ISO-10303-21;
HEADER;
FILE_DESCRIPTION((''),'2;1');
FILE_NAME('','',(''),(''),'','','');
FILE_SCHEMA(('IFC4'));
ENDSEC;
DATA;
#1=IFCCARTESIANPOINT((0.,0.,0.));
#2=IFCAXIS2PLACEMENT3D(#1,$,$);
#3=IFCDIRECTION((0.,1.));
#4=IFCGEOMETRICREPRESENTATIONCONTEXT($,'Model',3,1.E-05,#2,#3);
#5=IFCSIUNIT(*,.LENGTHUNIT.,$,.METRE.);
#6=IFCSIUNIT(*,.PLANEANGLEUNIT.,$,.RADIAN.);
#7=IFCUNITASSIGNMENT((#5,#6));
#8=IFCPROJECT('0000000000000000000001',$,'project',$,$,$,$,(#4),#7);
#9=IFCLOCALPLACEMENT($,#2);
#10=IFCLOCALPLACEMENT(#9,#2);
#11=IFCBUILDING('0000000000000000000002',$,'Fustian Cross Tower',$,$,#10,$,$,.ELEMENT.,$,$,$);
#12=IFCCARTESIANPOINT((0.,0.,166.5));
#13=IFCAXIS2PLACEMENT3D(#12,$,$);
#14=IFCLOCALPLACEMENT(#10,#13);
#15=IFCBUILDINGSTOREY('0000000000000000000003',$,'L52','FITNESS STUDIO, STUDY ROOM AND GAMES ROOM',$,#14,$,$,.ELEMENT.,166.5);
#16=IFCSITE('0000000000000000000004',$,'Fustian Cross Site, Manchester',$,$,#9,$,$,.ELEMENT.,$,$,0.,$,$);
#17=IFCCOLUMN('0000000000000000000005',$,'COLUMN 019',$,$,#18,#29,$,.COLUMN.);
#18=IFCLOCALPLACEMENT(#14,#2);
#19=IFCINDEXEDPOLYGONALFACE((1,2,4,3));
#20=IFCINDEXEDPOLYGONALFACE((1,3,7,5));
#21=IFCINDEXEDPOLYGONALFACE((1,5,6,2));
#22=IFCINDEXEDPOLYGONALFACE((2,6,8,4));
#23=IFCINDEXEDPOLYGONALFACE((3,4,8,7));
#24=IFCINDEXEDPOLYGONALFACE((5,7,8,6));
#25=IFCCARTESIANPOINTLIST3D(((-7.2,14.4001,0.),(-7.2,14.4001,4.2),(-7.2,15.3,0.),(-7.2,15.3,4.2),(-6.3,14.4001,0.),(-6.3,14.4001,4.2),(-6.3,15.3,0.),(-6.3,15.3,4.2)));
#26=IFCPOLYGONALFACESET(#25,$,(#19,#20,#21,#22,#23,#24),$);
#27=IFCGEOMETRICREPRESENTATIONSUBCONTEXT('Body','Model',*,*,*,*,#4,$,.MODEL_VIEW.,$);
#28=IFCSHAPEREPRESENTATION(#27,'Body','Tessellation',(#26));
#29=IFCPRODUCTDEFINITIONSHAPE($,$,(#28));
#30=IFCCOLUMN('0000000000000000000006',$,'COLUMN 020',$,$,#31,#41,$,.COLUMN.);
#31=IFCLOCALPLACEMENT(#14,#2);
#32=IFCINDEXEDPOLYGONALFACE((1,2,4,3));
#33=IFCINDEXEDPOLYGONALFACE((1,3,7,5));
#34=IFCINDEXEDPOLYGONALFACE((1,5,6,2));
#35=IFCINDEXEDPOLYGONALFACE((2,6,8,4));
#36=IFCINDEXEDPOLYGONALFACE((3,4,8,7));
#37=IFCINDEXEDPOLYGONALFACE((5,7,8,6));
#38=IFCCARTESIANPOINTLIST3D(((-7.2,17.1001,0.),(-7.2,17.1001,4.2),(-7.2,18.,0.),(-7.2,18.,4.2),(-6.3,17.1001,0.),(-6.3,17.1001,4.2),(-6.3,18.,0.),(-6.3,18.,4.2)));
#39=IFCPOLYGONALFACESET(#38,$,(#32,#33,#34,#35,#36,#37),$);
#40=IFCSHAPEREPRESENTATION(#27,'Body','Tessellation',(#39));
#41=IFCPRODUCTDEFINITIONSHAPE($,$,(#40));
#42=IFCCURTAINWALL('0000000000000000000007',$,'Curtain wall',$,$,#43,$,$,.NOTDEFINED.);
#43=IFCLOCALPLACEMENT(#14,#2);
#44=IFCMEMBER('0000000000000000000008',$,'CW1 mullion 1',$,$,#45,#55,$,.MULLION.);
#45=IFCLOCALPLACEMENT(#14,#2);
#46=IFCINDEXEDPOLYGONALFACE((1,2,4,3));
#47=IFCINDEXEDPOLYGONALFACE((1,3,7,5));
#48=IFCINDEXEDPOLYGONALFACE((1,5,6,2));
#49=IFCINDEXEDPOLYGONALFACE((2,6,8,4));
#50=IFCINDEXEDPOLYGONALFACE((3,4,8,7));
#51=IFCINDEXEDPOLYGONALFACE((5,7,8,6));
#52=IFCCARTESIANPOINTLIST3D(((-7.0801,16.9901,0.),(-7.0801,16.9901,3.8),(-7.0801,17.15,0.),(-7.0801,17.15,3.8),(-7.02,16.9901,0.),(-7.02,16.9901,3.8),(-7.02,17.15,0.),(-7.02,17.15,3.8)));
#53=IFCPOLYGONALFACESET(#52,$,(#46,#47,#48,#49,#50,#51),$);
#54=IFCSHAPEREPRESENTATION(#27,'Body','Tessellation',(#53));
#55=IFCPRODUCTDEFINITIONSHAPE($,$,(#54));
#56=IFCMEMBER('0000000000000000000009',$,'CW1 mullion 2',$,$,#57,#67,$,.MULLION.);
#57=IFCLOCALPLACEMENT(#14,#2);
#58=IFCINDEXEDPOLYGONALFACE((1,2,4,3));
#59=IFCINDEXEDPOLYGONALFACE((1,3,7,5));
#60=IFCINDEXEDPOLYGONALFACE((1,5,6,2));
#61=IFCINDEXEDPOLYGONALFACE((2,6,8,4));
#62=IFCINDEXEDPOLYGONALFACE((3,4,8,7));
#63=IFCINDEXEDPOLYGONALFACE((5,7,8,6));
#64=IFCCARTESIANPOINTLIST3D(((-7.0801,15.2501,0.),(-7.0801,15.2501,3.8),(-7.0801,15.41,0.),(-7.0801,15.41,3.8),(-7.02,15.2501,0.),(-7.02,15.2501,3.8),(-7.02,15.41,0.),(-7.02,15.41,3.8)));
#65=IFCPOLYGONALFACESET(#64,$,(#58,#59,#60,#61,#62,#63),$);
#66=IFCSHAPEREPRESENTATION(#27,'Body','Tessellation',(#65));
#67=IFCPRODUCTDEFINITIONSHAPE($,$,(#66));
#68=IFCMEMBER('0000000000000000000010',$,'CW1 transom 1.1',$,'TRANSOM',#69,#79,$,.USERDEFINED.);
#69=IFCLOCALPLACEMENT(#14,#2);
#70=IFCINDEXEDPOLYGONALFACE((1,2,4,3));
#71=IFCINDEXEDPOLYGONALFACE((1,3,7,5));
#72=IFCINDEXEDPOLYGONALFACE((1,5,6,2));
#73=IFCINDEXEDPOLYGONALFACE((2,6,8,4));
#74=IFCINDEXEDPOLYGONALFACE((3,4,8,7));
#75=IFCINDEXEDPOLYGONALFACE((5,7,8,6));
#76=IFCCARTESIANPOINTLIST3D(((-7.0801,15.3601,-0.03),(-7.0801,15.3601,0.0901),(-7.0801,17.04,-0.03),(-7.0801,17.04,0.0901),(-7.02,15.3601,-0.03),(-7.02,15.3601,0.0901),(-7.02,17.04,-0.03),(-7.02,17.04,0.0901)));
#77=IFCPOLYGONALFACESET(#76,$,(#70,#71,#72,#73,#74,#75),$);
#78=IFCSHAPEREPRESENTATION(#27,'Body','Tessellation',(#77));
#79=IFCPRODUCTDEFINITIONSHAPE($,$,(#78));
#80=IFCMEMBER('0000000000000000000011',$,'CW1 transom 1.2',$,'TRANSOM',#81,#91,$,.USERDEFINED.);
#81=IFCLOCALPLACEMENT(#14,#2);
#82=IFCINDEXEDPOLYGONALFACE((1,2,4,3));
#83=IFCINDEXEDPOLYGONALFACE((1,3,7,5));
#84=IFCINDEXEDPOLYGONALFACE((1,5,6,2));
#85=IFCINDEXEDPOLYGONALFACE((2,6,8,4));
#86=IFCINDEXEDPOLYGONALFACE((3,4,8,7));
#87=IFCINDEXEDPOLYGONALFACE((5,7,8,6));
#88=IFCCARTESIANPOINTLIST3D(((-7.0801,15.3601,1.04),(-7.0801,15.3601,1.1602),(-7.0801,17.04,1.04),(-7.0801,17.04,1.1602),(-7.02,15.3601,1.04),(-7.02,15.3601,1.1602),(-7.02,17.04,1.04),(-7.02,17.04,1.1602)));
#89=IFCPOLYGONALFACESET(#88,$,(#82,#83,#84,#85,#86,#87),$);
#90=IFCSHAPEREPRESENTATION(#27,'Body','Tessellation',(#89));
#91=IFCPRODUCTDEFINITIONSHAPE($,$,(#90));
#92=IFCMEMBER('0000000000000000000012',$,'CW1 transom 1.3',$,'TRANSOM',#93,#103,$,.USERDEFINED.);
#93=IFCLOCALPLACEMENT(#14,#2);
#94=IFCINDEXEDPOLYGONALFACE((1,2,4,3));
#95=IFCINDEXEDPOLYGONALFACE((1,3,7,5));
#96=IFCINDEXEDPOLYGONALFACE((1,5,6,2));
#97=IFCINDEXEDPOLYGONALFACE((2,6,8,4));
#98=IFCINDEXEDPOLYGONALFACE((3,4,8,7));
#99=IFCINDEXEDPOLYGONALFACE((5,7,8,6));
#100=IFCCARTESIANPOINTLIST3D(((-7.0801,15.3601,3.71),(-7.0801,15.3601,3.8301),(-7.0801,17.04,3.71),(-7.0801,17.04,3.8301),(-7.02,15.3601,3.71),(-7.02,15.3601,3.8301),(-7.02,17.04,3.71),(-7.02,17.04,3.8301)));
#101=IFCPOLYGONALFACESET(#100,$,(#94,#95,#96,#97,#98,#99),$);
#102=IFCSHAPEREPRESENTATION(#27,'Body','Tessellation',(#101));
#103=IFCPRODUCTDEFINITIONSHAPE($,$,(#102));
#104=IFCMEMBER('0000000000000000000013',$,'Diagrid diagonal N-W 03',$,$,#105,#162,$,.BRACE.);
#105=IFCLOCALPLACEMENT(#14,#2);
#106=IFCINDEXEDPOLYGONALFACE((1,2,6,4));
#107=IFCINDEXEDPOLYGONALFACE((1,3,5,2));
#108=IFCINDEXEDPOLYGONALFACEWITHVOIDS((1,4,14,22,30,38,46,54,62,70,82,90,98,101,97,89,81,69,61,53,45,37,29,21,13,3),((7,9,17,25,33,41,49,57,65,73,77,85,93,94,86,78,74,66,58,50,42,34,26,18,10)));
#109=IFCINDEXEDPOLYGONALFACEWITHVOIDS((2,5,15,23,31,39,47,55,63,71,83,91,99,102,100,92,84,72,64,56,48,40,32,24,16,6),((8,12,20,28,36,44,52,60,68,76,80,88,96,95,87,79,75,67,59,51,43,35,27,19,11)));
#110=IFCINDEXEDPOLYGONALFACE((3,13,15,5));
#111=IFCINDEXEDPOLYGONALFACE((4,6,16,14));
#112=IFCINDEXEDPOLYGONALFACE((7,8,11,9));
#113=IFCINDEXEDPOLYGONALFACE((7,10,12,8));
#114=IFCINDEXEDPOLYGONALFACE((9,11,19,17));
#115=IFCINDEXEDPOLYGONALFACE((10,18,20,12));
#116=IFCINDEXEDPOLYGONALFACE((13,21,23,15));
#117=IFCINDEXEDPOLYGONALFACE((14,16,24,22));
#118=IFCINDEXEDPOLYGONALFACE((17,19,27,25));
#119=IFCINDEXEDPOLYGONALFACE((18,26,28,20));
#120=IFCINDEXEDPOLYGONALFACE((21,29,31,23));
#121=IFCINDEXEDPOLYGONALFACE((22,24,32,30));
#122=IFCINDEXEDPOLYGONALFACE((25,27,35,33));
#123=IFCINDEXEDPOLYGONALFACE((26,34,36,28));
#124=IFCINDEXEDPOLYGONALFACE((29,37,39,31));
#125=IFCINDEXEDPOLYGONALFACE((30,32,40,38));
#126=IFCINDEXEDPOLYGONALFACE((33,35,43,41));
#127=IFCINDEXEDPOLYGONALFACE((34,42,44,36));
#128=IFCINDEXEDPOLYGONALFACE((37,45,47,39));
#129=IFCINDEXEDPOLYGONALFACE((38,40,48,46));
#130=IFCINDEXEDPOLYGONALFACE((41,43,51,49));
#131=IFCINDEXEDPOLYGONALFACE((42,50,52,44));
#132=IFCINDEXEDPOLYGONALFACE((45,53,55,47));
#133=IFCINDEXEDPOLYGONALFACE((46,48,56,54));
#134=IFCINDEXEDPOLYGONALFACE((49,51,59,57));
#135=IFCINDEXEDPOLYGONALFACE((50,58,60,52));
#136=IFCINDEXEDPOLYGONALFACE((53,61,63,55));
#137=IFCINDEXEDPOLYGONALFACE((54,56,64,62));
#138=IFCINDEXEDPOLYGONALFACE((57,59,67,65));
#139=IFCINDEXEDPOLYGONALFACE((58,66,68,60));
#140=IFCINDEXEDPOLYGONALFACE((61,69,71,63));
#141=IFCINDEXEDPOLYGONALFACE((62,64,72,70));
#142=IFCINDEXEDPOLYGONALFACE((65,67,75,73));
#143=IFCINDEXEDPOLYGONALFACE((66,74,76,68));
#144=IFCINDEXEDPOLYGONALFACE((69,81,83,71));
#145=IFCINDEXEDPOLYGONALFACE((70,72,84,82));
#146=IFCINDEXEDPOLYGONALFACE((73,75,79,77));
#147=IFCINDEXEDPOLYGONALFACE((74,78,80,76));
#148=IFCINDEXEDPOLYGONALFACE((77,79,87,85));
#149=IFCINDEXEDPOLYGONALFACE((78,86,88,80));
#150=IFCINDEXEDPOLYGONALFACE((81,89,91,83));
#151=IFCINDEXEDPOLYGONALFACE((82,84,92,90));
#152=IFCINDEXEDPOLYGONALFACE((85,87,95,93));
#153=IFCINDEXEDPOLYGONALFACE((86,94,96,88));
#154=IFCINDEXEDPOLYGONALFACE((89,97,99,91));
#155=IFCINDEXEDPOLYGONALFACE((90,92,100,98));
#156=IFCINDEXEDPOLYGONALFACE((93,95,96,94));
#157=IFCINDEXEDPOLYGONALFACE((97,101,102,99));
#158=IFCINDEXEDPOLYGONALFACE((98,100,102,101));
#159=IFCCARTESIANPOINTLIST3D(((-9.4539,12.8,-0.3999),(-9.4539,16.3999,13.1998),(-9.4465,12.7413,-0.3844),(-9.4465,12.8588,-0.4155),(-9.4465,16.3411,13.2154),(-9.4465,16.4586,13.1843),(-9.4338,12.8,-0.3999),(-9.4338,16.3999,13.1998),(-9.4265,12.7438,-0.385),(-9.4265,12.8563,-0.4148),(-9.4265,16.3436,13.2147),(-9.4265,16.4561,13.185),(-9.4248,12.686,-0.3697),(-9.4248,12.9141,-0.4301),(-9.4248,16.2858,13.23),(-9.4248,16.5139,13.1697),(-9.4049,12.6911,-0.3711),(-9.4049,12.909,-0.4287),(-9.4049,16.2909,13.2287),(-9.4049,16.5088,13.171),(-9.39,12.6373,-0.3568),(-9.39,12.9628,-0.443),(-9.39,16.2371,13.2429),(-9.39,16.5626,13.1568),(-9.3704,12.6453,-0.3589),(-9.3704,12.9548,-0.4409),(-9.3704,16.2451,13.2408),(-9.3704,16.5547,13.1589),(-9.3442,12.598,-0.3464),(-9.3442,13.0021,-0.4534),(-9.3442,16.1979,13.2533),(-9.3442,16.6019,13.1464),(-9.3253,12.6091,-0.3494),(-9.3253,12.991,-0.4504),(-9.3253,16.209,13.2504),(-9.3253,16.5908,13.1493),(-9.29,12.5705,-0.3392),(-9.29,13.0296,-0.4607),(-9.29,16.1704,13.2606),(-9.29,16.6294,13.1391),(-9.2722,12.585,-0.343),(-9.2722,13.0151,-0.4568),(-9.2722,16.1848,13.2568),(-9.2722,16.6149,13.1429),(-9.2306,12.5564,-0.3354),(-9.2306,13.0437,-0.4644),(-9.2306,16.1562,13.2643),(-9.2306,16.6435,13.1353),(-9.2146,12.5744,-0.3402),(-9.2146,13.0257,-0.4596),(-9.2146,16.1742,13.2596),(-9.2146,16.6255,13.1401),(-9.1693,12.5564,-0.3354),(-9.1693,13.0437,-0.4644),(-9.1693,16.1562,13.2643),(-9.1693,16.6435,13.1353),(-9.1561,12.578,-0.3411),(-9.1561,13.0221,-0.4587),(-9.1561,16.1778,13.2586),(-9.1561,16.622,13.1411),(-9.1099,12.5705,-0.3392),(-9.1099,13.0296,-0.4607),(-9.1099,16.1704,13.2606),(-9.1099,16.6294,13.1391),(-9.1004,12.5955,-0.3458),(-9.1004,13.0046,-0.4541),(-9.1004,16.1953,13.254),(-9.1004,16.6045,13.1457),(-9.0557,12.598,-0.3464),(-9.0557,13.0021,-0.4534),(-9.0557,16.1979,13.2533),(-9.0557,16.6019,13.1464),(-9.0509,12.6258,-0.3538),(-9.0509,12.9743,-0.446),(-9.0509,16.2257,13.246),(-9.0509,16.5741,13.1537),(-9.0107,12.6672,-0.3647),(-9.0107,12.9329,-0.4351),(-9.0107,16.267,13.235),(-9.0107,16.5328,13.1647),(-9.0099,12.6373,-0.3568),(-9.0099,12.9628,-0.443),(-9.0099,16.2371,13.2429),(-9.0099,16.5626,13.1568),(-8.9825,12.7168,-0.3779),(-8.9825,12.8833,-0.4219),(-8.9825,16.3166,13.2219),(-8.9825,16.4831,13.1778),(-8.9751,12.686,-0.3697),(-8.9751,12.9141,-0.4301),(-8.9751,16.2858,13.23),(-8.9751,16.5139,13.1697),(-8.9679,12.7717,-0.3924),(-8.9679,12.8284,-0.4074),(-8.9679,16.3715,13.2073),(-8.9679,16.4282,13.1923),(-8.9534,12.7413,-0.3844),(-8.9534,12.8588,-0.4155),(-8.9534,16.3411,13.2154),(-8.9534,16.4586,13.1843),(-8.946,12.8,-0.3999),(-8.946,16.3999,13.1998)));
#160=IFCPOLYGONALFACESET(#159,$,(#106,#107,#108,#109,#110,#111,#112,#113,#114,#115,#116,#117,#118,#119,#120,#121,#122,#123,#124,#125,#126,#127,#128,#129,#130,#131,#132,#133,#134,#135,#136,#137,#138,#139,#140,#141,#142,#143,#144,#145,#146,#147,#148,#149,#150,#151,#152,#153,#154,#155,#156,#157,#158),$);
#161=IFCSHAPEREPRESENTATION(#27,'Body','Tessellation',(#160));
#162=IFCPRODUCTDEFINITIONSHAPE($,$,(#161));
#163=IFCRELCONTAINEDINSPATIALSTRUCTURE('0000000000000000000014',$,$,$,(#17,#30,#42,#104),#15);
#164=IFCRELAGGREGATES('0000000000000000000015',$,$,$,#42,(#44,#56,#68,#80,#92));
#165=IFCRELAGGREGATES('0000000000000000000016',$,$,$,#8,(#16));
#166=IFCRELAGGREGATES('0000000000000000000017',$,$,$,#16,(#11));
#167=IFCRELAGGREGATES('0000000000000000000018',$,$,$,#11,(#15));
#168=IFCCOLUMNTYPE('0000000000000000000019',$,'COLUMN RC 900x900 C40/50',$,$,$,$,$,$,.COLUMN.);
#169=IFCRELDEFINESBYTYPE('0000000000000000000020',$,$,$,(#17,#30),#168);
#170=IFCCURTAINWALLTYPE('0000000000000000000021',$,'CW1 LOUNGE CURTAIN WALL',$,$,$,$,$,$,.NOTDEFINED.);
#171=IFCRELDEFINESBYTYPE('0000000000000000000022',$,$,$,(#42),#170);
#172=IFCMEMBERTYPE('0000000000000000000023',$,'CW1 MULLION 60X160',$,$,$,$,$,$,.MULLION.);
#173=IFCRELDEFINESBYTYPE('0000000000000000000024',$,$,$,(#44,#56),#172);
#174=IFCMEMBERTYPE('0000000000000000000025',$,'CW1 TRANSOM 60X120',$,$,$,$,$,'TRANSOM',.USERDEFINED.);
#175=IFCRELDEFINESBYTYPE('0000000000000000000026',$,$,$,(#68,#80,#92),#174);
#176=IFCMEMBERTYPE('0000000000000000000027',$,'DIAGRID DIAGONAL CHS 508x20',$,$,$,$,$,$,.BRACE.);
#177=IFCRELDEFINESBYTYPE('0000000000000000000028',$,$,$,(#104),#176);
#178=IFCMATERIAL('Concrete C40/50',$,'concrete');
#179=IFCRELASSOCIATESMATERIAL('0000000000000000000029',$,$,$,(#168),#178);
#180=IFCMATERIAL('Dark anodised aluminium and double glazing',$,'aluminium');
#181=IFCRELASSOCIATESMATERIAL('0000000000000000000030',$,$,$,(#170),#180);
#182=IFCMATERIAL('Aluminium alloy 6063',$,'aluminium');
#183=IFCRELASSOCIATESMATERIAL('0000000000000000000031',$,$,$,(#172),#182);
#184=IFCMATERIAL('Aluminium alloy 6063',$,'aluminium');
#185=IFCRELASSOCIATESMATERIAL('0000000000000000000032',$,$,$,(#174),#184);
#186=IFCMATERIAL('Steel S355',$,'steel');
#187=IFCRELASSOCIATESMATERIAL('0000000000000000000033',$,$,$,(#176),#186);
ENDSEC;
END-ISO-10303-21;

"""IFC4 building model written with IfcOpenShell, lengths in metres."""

from ifc_helpers import new_model, si_unit, direction, frame, origin, origin_2d, place, context, subcontext, project, spatial, rectangle, hollow_circle, extrude, material, material_profile, profile_set, type_object, element, aggregate, save


model = new_model("IFC4")

# Units and contexts
model_context = context("Model", 3, precision=1e-05, world=origin(), true_north=direction((0.0, 1.0)))
body_context = subcontext(model_context, "Body", "Model", "MODEL_VIEW")
ifc_project = project(units=[si_unit("LENGTHUNIT", "METRE"), si_unit("PLANEANGLEUNIT", "RADIAN")], contexts=[model_context])

# Site, building, storey
site_placement = place(None, origin())
site = spatial("IfcSite", under=ifc_project, at=site_placement, Name="Fustian Cross Site, Manchester", CompositionType="ELEMENT", RefElevation=0.0)
building_placement = place(site_placement, origin())
building = spatial("IfcBuilding", under=site, at=building_placement, Name="Fustian Cross Tower", CompositionType="ELEMENT")
storey_placement = place(building_placement, frame((0.0, 0.0, 166.5)))
storey = spatial("IfcBuildingStorey", under=building, at=storey_placement, Name="L52", Description="FITNESS STUDIO, STUDY ROOM AND GAMES ROOM", CompositionType="ELEMENT", Elevation=166.5)

# Columns
ifc_material_1 = material(Name="Concrete C40/50", Category="concrete")
ifc_material_profile_1 = material_profile(ifc_material_1, rectangle(XDim=0.8999, YDim=0.8999, at=origin_2d()), Name="RC 900x900")
ifc_profile_set_1 = profile_set([ifc_material_profile_1], Name="Concrete C40/50")
column_type = type_object("IfcColumnType", Name="COLUMN RC 900x900 C40/50", PredefinedType="COLUMN", material=ifc_profile_set_1)
for number, where, z_axis, x_axis, name in (
    (1, (-6.75, 14.8501, 0.0), (0.0, 0.0, 1.0), (1.0, 0.0, 0.0), "COLUMN 019"),
    (2, (-6.75, 17.55, 0.0), (0.0, 0.0, 1.0), (1.0, 0.0, 0.0), "COLUMN 020"),
):
    element("IfcColumn", number, at=place(storey_placement, frame(where, z_axis=z_axis, x_axis=x_axis)), inside=storey, type_object=column_type, Name=name, PredefinedType="COLUMN", context=body_context, shape_type="SweptSolid", body=[
        extrude(rectangle(XDim=0.8999, YDim=0.8999, at=origin_2d()), origin(), (0.0, 0.0, 1.0), 4.2),
    ])

# Curtain wall, members
ifc_material_2 = material(Name="Dark anodised aluminium and double glazing", Category="aluminium")
curtain_wall_type = type_object("IfcCurtainWallType", Name="CW1 LOUNGE CURTAIN WALL", PredefinedType="NOTDEFINED", material=ifc_material_2)
curtain_wall_placement = place(storey_placement, origin())
curtain_wall = element("IfcCurtainWall", 3, at=curtain_wall_placement, inside=storey, type_object=curtain_wall_type, Name="Curtain wall", PredefinedType="NOTDEFINED")
ifc_material_3 = material(Name="Aluminium alloy 6063", Category="aluminium")
ifc_material_profile_2 = material_profile(ifc_material_3, rectangle(XDim=0.0601, YDim=0.1599, at=origin_2d()), Name="CW1 MULLION 60X160")
ifc_profile_set_2 = profile_set([ifc_material_profile_2], Name="Aluminium alloy 6063")
member_type_1 = type_object("IfcMemberType", Name="CW1 MULLION 60X160", PredefinedType="MULLION", material=ifc_profile_set_2)
member_1_placement = place(storey_placement, frame((-7.05, 17.0701, 0.0), z_axis=(0.0, 0.0, 1.0), x_axis=(1.0, 0.0, 0.0)))
member_1 = element("IfcMember", 4, at=member_1_placement, type_object=member_type_1, Name="CW1 mullion 1", PredefinedType="MULLION", context=body_context, shape_type="SweptSolid", body=[
    extrude(rectangle(XDim=0.0601, YDim=0.1599, at=origin_2d()), origin(), (0.0, 0.0, 1.0), 3.8),
])
member_2_placement = place(storey_placement, frame((-7.05, 15.3301, 0.0), z_axis=(0.0, 0.0, 1.0), x_axis=(1.0, 0.0, 0.0)))
member_2 = element("IfcMember", 5, at=member_2_placement, type_object=member_type_1, Name="CW1 mullion 2", PredefinedType="MULLION", context=body_context, shape_type="SweptSolid", body=[
    extrude(rectangle(XDim=0.0601, YDim=0.1599, at=origin_2d()), origin(), (0.0, 0.0, 1.0), 3.8),
])
ifc_material_4 = material(Name="Aluminium alloy 6063", Category="aluminium")
ifc_material_profile_3 = material_profile(ifc_material_4, rectangle(XDim=0.0601, YDim=0.1201, at=origin_2d()), Name="CW1 TRANSOM 60X120")
ifc_profile_set_3 = profile_set([ifc_material_profile_3], Name="Aluminium alloy 6063")
member_type_2 = type_object("IfcMemberType", Name="CW1 TRANSOM 60X120", ElementType="TRANSOM", PredefinedType="USERDEFINED", material=ifc_profile_set_3)
member_3_placement = place(storey_placement, frame((-7.05, 17.04, 0.03), z_axis=(0.0, -1.0, 0.0), x_axis=(1.0, 0.0, 0.0)))
member_3 = element("IfcMember", 6, at=member_3_placement, type_object=member_type_2, Name="CW1 transom 1.1", ObjectType="TRANSOM", PredefinedType="USERDEFINED", context=body_context, shape_type="SweptSolid", body=[
    extrude(rectangle(XDim=0.0601, YDim=0.1201, at=origin_2d()), origin(), (0.0, 0.0, 1.0), 1.6799),
])
member_4_placement = place(storey_placement, frame((-7.05, 17.04, 1.1001), z_axis=(0.0, -1.0, 0.0), x_axis=(1.0, 0.0, 0.0)))
member_4 = element("IfcMember", 7, at=member_4_placement, type_object=member_type_2, Name="CW1 transom 1.2", ObjectType="TRANSOM", PredefinedType="USERDEFINED", context=body_context, shape_type="SweptSolid", body=[
    extrude(rectangle(XDim=0.0601, YDim=0.1201, at=origin_2d()), origin(), (0.0, 0.0, 1.0), 1.6799),
])
member_5_placement = place(storey_placement, frame((-7.05, 17.04, 3.77), z_axis=(0.0, -1.0, 0.0), x_axis=(1.0, 0.0, 0.0)))
member_5 = element("IfcMember", 8, at=member_5_placement, type_object=member_type_2, Name="CW1 transom 1.3", ObjectType="TRANSOM", PredefinedType="USERDEFINED", context=body_context, shape_type="SweptSolid", body=[
    extrude(rectangle(XDim=0.0601, YDim=0.1201, at=origin_2d()), origin(), (0.0, 0.0, 1.0), 1.6799),
])

# Member
ifc_material_5 = material(Name="Steel S355", Category="steel")
ifc_material_profile_4 = material_profile(ifc_material_5, hollow_circle(Radius=0.2539, WallThickness=0.02, at=origin_2d()), Name="CHS 508x20")
ifc_profile_set_4 = profile_set([ifc_material_profile_4], Name="Steel S355")
member_type_3 = type_object("IfcMemberType", Name="DIAGRID DIAGONAL CHS 508x20", PredefinedType="BRACE", material=ifc_profile_set_4)
member_6_placement = place(storey_placement, frame((-9.2, 12.8, -0.3999), z_axis=(0.0, 0.255885, 0.966707), x_axis=(-1.0, 0.0, 0.0)))
element("IfcMember", 9, at=member_6_placement, inside=storey, type_object=member_type_3, Name="Diagrid diagonal N-W 03", PredefinedType="BRACE", context=body_context, shape_type="SweptSolid", body=[
    extrude(hollow_circle(Radius=0.2539, WallThickness=0.02, at=origin_2d()), origin(), (0.0, 0.0, 1.0), 14.0681),
])

aggregate(curtain_wall, [member_1, member_2, member_3, member_4, member_5])

save(model, "model.ifc")
